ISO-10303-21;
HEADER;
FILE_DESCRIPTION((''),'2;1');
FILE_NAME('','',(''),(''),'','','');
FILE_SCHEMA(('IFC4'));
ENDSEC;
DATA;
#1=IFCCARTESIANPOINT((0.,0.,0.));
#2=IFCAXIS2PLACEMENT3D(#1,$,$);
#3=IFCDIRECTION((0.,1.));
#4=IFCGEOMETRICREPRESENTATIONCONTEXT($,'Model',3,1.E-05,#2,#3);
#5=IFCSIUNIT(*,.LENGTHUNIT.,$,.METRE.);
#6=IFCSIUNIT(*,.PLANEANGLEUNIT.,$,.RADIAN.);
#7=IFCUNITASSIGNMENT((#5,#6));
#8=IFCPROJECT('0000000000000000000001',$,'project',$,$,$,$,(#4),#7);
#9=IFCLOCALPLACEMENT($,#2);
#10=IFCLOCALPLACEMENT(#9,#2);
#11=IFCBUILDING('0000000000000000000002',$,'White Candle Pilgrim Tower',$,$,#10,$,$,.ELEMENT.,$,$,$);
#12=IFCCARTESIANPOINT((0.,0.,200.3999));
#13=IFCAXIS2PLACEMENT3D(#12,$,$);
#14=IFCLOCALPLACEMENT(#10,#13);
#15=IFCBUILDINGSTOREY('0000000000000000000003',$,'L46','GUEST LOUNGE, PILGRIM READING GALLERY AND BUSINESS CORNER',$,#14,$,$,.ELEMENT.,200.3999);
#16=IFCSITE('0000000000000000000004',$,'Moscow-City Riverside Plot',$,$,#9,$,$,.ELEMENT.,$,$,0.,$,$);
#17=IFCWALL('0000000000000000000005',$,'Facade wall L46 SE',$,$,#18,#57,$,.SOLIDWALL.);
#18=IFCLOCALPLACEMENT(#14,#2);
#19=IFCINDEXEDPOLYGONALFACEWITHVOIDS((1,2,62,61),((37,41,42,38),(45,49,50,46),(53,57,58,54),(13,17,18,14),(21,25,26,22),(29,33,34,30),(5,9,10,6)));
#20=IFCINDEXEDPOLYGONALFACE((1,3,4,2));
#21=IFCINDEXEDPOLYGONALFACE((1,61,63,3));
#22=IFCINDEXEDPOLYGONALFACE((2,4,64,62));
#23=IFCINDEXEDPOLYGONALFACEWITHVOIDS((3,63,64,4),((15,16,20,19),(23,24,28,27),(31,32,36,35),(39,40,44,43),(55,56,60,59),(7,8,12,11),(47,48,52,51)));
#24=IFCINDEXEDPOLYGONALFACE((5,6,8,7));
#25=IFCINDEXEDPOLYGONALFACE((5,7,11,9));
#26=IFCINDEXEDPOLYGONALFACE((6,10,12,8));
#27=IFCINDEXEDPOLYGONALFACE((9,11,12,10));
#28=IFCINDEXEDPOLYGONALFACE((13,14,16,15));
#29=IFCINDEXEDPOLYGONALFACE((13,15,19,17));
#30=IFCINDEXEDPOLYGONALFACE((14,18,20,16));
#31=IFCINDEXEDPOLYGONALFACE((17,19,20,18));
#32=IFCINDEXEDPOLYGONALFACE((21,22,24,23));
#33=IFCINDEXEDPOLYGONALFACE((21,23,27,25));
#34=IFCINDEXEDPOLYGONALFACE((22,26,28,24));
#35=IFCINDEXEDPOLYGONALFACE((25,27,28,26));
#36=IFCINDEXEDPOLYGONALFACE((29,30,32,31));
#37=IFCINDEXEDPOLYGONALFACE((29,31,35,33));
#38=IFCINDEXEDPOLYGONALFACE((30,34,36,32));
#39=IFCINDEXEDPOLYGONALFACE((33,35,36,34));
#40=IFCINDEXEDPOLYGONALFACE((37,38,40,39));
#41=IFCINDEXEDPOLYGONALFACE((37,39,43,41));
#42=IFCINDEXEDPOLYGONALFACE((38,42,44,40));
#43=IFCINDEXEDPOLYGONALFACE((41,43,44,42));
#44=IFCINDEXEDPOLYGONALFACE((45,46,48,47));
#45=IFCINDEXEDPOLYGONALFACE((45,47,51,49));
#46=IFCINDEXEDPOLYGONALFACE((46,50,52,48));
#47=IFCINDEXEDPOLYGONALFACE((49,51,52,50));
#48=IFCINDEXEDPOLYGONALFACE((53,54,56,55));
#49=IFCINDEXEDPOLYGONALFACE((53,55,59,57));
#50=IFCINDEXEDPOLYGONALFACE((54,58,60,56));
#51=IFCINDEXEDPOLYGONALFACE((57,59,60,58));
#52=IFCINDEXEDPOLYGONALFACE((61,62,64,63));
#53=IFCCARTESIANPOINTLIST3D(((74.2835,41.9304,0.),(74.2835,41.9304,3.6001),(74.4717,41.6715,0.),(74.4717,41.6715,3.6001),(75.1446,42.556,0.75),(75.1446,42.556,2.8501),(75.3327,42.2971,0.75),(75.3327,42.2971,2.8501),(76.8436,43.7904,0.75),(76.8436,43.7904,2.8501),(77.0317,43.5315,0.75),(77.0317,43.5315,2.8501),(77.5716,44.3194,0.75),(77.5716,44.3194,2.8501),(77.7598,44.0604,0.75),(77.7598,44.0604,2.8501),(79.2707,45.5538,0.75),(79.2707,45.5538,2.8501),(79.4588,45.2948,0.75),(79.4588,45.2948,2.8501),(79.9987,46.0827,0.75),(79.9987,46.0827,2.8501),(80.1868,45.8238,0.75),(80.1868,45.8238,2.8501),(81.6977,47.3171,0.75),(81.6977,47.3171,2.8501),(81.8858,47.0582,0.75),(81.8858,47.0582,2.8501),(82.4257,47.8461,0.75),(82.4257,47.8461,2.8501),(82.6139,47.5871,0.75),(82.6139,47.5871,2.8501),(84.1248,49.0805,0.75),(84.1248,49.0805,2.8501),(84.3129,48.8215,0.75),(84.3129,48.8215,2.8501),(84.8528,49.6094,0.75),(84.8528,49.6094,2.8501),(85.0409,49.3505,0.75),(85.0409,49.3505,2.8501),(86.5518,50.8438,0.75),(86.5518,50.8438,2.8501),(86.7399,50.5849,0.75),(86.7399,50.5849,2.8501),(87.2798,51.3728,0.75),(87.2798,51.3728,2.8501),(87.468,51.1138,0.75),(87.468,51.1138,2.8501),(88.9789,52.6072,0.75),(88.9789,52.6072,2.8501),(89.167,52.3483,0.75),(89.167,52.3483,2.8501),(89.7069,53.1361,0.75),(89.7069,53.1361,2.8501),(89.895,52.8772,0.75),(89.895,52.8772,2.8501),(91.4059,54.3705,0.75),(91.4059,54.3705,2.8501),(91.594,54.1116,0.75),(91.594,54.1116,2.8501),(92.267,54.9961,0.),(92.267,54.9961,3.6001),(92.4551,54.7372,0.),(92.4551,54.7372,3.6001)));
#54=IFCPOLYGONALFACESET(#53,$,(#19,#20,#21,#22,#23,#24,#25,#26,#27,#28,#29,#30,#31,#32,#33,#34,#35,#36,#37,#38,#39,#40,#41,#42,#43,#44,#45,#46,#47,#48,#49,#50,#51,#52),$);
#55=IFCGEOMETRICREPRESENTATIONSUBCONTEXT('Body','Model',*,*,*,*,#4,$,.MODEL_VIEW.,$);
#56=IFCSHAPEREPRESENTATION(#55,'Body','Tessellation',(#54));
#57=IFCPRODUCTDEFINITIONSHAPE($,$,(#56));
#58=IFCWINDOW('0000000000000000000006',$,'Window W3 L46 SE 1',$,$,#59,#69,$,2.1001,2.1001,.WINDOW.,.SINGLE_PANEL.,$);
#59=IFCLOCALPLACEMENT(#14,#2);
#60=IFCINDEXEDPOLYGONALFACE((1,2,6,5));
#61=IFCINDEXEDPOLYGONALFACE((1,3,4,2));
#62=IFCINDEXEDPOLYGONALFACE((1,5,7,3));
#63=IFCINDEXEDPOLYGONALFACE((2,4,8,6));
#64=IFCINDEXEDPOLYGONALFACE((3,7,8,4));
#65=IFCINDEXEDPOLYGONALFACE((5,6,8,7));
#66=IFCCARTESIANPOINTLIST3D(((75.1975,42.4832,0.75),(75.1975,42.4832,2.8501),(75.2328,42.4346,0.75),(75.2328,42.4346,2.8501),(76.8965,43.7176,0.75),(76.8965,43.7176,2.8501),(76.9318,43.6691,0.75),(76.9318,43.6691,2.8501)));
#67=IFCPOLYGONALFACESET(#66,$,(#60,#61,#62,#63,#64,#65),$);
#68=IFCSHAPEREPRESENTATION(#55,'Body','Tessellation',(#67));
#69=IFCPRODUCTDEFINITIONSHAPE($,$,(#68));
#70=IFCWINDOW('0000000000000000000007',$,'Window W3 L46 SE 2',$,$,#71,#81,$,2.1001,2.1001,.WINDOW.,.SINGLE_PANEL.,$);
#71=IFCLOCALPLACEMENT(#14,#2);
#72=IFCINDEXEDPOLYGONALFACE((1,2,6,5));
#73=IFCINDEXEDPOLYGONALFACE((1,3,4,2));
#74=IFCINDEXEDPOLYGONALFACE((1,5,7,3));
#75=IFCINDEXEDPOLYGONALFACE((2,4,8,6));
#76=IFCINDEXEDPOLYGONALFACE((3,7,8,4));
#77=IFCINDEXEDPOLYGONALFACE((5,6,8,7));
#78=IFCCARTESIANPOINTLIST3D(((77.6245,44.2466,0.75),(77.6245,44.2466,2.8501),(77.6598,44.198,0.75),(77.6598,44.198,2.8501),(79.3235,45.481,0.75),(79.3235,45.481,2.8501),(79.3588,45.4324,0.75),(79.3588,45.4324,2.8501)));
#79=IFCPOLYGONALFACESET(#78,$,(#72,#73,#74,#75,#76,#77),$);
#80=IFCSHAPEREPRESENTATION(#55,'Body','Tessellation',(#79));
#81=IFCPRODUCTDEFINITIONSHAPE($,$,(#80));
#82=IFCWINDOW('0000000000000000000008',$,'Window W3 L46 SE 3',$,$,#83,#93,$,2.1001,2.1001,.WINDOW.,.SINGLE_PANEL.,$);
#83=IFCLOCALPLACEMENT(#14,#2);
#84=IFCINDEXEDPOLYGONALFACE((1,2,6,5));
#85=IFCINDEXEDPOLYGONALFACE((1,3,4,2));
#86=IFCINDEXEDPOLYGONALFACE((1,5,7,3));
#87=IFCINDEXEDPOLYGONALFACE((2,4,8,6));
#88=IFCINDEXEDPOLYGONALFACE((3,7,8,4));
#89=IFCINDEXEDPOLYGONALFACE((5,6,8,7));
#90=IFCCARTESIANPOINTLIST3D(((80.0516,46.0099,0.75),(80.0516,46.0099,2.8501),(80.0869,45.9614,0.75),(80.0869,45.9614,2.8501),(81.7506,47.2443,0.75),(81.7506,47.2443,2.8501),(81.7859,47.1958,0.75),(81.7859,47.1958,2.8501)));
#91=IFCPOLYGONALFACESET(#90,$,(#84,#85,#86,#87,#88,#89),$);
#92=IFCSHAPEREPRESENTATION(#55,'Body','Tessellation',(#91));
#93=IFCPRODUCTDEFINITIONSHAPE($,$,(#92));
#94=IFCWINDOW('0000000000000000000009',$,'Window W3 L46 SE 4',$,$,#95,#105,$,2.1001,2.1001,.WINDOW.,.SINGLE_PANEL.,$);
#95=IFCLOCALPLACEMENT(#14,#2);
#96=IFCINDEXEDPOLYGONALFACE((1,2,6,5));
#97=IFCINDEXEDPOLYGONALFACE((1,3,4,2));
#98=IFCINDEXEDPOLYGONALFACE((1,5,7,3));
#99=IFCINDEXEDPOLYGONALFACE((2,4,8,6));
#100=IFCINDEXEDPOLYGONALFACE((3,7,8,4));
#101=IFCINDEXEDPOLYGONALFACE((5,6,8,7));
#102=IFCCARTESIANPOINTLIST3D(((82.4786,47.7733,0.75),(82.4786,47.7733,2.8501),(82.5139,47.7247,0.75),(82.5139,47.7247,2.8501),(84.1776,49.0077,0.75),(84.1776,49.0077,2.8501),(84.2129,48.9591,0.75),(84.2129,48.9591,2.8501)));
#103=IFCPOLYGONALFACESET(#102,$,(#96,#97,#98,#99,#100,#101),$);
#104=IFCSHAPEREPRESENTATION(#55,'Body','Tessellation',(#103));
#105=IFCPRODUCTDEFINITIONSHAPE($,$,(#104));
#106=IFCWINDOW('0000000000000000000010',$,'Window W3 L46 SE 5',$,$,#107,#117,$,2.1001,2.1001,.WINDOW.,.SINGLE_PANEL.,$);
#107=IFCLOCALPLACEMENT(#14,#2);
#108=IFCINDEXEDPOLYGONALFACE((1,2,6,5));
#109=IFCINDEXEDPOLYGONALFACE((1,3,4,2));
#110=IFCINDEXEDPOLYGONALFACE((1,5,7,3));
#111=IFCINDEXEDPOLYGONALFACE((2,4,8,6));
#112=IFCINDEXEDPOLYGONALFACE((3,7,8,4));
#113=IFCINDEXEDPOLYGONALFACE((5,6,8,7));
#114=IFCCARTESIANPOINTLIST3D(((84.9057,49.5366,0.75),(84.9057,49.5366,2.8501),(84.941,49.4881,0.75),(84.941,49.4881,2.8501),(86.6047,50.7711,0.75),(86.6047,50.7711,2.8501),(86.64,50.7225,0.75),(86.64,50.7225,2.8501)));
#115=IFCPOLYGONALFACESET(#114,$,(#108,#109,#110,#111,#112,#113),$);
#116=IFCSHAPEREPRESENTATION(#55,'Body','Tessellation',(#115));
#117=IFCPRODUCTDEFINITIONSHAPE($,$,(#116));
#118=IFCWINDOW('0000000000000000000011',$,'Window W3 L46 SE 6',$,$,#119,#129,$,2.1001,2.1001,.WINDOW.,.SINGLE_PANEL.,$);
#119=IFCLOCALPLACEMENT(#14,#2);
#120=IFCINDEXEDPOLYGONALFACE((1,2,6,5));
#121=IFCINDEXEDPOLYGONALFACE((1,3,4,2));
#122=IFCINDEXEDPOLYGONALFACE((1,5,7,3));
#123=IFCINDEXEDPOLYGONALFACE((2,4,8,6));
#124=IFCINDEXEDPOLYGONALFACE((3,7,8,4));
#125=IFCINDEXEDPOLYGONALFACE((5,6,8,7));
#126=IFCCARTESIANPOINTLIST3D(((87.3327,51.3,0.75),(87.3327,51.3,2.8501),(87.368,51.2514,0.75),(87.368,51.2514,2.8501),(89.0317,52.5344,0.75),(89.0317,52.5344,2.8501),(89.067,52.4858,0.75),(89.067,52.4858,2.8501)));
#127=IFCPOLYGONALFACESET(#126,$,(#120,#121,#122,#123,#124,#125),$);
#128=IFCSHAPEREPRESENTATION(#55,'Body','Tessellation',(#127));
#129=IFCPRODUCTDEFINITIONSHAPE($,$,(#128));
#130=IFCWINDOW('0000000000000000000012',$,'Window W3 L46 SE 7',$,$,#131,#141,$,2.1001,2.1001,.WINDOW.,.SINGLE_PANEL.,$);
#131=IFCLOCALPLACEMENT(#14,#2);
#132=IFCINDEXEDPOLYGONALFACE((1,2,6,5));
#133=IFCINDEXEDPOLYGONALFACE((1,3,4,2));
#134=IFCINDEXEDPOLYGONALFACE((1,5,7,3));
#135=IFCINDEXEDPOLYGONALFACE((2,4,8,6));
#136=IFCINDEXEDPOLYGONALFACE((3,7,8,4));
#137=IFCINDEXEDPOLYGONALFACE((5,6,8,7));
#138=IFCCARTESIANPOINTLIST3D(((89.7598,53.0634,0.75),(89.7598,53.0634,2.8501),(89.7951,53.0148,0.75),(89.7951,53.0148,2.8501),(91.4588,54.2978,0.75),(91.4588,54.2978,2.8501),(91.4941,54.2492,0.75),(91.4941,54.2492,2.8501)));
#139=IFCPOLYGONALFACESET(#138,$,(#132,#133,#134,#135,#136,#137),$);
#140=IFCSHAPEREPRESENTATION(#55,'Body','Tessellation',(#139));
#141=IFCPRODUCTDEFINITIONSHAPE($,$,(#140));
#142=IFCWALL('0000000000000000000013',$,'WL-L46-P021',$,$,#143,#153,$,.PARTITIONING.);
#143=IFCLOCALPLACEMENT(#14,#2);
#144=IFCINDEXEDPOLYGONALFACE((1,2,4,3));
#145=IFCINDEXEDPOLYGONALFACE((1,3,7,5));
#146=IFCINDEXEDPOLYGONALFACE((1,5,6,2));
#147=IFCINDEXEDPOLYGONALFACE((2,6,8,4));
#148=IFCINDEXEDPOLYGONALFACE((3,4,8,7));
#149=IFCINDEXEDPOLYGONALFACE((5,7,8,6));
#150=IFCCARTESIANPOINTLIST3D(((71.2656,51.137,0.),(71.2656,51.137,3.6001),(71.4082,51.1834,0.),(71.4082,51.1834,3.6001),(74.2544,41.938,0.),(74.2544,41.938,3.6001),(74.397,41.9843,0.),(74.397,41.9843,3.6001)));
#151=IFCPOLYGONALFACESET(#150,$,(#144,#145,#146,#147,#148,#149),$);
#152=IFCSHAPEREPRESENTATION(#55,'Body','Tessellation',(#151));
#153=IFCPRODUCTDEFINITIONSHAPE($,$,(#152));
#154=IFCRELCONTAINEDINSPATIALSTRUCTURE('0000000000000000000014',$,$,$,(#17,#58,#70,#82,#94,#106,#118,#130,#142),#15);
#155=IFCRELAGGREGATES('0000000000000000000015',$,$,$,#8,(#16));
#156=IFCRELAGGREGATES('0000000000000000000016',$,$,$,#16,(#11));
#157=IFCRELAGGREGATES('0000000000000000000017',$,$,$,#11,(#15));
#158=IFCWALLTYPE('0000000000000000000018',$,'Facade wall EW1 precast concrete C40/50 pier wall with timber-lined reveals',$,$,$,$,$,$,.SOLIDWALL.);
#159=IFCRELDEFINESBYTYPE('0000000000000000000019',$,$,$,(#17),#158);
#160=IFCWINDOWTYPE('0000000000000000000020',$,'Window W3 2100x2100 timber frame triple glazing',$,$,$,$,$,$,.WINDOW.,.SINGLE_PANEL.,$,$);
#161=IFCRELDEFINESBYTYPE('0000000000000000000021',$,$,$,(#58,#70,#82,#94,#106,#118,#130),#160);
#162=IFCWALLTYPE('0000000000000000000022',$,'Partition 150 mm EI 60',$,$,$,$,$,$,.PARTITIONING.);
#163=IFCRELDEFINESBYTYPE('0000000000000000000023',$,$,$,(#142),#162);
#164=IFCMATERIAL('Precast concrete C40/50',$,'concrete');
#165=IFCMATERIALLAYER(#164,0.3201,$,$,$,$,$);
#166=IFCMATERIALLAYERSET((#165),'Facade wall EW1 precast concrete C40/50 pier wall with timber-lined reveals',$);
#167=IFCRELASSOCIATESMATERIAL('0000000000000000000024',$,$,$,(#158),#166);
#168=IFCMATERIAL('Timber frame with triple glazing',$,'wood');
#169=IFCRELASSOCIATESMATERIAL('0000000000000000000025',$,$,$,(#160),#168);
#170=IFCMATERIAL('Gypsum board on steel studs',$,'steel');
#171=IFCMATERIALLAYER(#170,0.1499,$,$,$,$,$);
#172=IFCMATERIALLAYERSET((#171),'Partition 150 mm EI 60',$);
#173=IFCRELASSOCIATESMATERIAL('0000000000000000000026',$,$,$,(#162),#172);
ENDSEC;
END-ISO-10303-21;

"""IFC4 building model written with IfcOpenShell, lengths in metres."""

from ifc_helpers import new_model, si_unit, direction, frame, frame_2d, origin, place, context, subcontext, project, spatial, rectangle, extrude, material, layer, layer_set, type_object, element, fill, save


model = new_model("IFC4")

# Units and contexts
model_context = context("Model", 3, precision=1e-05, world=origin(), true_north=direction((0.0, 1.0)))
body_context = subcontext(model_context, "Body", "Model", "MODEL_VIEW")
ifc_project = project(units=[si_unit("LENGTHUNIT", "METRE"), si_unit("PLANEANGLEUNIT", "RADIAN")], contexts=[model_context])

# Site, building, storey
site_placement = place(None, origin())
site = spatial("IfcSite", under=ifc_project, at=site_placement, Name="Moscow-City Riverside Plot", CompositionType="ELEMENT", RefElevation=0.0)
building_placement = place(site_placement, origin())
building = spatial("IfcBuilding", under=site, at=building_placement, Name="White Candle Pilgrim Tower", CompositionType="ELEMENT")
storey_placement = place(building_placement, frame((0.0, 0.0, 200.3999)))
storey = spatial("IfcBuildingStorey", under=building, at=storey_placement, Name="L46", Description="GUEST LOUNGE, PILGRIM READING GALLERY AND BUSINESS CORNER", CompositionType="ELEMENT", Elevation=200.3999)

# Shared definitions
ifc_material_1 = material(Name="Gypsum board on steel studs", Category="steel")

# Wall, openings, windows
ifc_material_2 = material(Name="Precast concrete C40/50", Category="concrete")
ifc_layer_1 = layer(ifc_material_2, 0.3201)
ifc_layer_set_1 = layer_set([ifc_layer_1], Name="Facade wall EW1 precast concrete C40/50 pier wall with timber-lined reveals")
wall_type_1 = type_object("IfcWallType", Name="Facade wall EW1 precast concrete C40/50 pier wall with timber-lined reveals", PredefinedType="SOLIDWALL", material=ifc_layer_set_1)
wall_1_placement = place(storey_placement, frame((74.3777, 41.801, 0.0), z_axis=(0.0, 0.0, 1.0), x_axis=(0.809018, 0.587784, 0.0)))
wall_1 = element("IfcWall", 1, at=wall_1_placement, inside=storey, type_object=wall_type_1, Name="Facade wall L46 SE", PredefinedType="SOLIDWALL", context=body_context, shape_type="SweptSolid", body=[
    extrude(rectangle(XDim=22.2288, YDim=0.3201, at=frame_2d((11.1143, 0.0))), origin(), (0.0, 0.0, 1.0), 3.6001),
])
opening_1_placement = place(wall_1_placement, frame((1.0642, 0.0, 0.75)))
opening_1 = element("IfcOpeningElement", 2, at=opening_1_placement, cuts=wall_1, PredefinedType="OPENING", context=body_context, shape_type="SweptSolid", body=[
    extrude(rectangle(XDim=2.1001, YDim=2.1001, at=frame_2d((1.05, 1.05))), frame((0.0, 0.1699, 0.0), z_axis=(0.0, -1.0, 0.0), x_axis=(1.0, 0.0, 0.0)), (0.0, 0.0, 1.0), 0.3401),
])
opening_2_placement = place(wall_1_placement, frame((4.0642, 0.0, 0.75)))
opening_2 = element("IfcOpeningElement", 3, at=opening_2_placement, cuts=wall_1, PredefinedType="OPENING", context=body_context, shape_type="SweptSolid", body=[
    extrude(rectangle(XDim=2.1001, YDim=2.1001, at=frame_2d((1.05, 1.05))), frame((0.0, 0.1699, 0.0), z_axis=(0.0, -1.0, 0.0), x_axis=(1.0, 0.0, 0.0)), (0.0, 0.0, 1.0), 0.3401),
])
opening_3_placement = place(wall_1_placement, frame((7.0642, 0.0, 0.75)))
opening_3 = element("IfcOpeningElement", 4, at=opening_3_placement, cuts=wall_1, PredefinedType="OPENING", context=body_context, shape_type="SweptSolid", body=[
    extrude(rectangle(XDim=2.1001, YDim=2.1001, at=frame_2d((1.05, 1.05))), frame((0.0, 0.1699, 0.0), z_axis=(0.0, -1.0, 0.0), x_axis=(1.0, 0.0, 0.0)), (0.0, 0.0, 1.0), 0.3401),
])
opening_4_placement = place(wall_1_placement, frame((10.0642, 0.0, 0.75)))
opening_4 = element("IfcOpeningElement", 5, at=opening_4_placement, cuts=wall_1, PredefinedType="OPENING", context=body_context, shape_type="SweptSolid", body=[
    extrude(rectangle(XDim=2.1001, YDim=2.1001, at=frame_2d((1.05, 1.05))), frame((0.0, 0.1699, 0.0), z_axis=(0.0, -1.0, 0.0), x_axis=(1.0, 0.0, 0.0)), (0.0, 0.0, 1.0), 0.3401),
])
opening_5_placement = place(wall_1_placement, frame((13.0642, 0.0, 0.75)))
opening_5 = element("IfcOpeningElement", 6, at=opening_5_placement, cuts=wall_1, PredefinedType="OPENING", context=body_context, shape_type="SweptSolid", body=[
    extrude(rectangle(XDim=2.1001, YDim=2.1001, at=frame_2d((1.05, 1.05))), frame((0.0, 0.1699, 0.0), z_axis=(0.0, -1.0, 0.0), x_axis=(1.0, 0.0, 0.0)), (0.0, 0.0, 1.0), 0.3401),
])
opening_6_placement = place(wall_1_placement, frame((16.0642, 0.0, 0.75)))
opening_6 = element("IfcOpeningElement", 7, at=opening_6_placement, cuts=wall_1, PredefinedType="OPENING", context=body_context, shape_type="SweptSolid", body=[
    extrude(rectangle(XDim=2.1001, YDim=2.1001, at=frame_2d((1.05, 1.05))), frame((0.0, 0.1699, 0.0), z_axis=(0.0, -1.0, 0.0), x_axis=(1.0, 0.0, 0.0)), (0.0, 0.0, 1.0), 0.3401),
])
opening_7_placement = place(wall_1_placement, frame((19.0642, 0.0, 0.75)))
opening_7 = element("IfcOpeningElement", 8, at=opening_7_placement, cuts=wall_1, PredefinedType="OPENING", context=body_context, shape_type="SweptSolid", body=[
    extrude(rectangle(XDim=2.1001, YDim=2.1001, at=frame_2d((1.05, 1.05))), frame((0.0, 0.1699, 0.0), z_axis=(0.0, -1.0, 0.0), x_axis=(1.0, 0.0, 0.0)), (0.0, 0.0, 1.0), 0.3401),
])
ifc_material_3 = material(Name="Timber frame with triple glazing", Category="wood")
window_type = type_object("IfcWindowType", Name="Window W3 2100x2100 timber frame triple glazing", PartitioningType="SINGLE_PANEL", PredefinedType="WINDOW", material=ifc_material_3)
window_1_placement = place(opening_1_placement, origin())
window_1 = element("IfcWindow", 9, at=window_1_placement, inside=storey, type_object=window_type, Name="Window W3 L46 SE 1", OverallHeight=2.1001, OverallWidth=2.1001, PartitioningType="SINGLE_PANEL", PredefinedType="WINDOW", context=body_context, shape_type="SweptSolid", body=[
    extrude(rectangle(XDim=2.1001, YDim=2.1001, at=frame_2d((1.05, 1.05))), frame((0.0, 0.0701, 0.0), z_axis=(0.0, -1.0, 0.0), x_axis=(1.0, 0.0, 0.0)), (0.0, 0.0, 1.0), 0.0601),
])
fill(opening_1, window_1)
window_2_placement = place(opening_2_placement, origin())
window_2 = element("IfcWindow", 10, at=window_2_placement, inside=storey, type_object=window_type, Name="Window W3 L46 SE 2", OverallHeight=2.1001, OverallWidth=2.1001, PartitioningType="SINGLE_PANEL", PredefinedType="WINDOW", context=body_context, shape_type="SweptSolid", body=[
    extrude(rectangle(XDim=2.1001, YDim=2.1001, at=frame_2d((1.05, 1.05))), frame((0.0, 0.0701, 0.0), z_axis=(0.0, -1.0, 0.0), x_axis=(1.0, 0.0, 0.0)), (0.0, 0.0, 1.0), 0.0601),
])
fill(opening_2, window_2)
window_3_placement = place(opening_3_placement, origin())
window_3 = element("IfcWindow", 11, at=window_3_placement, inside=storey, type_object=window_type, Name="Window W3 L46 SE 3", OverallHeight=2.1001, OverallWidth=2.1001, PartitioningType="SINGLE_PANEL", PredefinedType="WINDOW", context=body_context, shape_type="SweptSolid", body=[
    extrude(rectangle(XDim=2.1001, YDim=2.1001, at=frame_2d((1.05, 1.05))), frame((0.0, 0.0701, 0.0), z_axis=(0.0, -1.0, 0.0), x_axis=(1.0, 0.0, 0.0)), (0.0, 0.0, 1.0), 0.0601),
])
fill(opening_3, window_3)
window_4_placement = place(opening_4_placement, origin())
window_4 = element("IfcWindow", 12, at=window_4_placement, inside=storey, type_object=window_type, Name="Window W3 L46 SE 4", OverallHeight=2.1001, OverallWidth=2.1001, PartitioningType="SINGLE_PANEL", PredefinedType="WINDOW", context=body_context, shape_type="SweptSolid", body=[
    extrude(rectangle(XDim=2.1001, YDim=2.1001, at=frame_2d((1.05, 1.05))), frame((0.0, 0.0701, 0.0), z_axis=(0.0, -1.0, 0.0), x_axis=(1.0, 0.0, 0.0)), (0.0, 0.0, 1.0), 0.0601),
])
fill(opening_4, window_4)
window_5_placement = place(opening_5_placement, origin())
window_5 = element("IfcWindow", 13, at=window_5_placement, inside=storey, type_object=window_type, Name="Window W3 L46 SE 5", OverallHeight=2.1001, OverallWidth=2.1001, PartitioningType="SINGLE_PANEL", PredefinedType="WINDOW", context=body_context, shape_type="SweptSolid", body=[
    extrude(rectangle(XDim=2.1001, YDim=2.1001, at=frame_2d((1.05, 1.05))), frame((0.0, 0.0701, 0.0), z_axis=(0.0, -1.0, 0.0), x_axis=(1.0, 0.0, 0.0)), (0.0, 0.0, 1.0), 0.0601),
])
fill(opening_5, window_5)
window_6_placement = place(opening_6_placement, origin())
window_6 = element("IfcWindow", 14, at=window_6_placement, inside=storey, type_object=window_type, Name="Window W3 L46 SE 6", OverallHeight=2.1001, OverallWidth=2.1001, PartitioningType="SINGLE_PANEL", PredefinedType="WINDOW", context=body_context, shape_type="SweptSolid", body=[
    extrude(rectangle(XDim=2.1001, YDim=2.1001, at=frame_2d((1.05, 1.05))), frame((0.0, 0.0701, 0.0), z_axis=(0.0, -1.0, 0.0), x_axis=(1.0, 0.0, 0.0)), (0.0, 0.0, 1.0), 0.0601),
])
fill(opening_6, window_6)
window_7_placement = place(opening_7_placement, origin())
window_7 = element("IfcWindow", 15, at=window_7_placement, inside=storey, type_object=window_type, Name="Window W3 L46 SE 7", OverallHeight=2.1001, OverallWidth=2.1001, PartitioningType="SINGLE_PANEL", PredefinedType="WINDOW", context=body_context, shape_type="SweptSolid", body=[
    extrude(rectangle(XDim=2.1001, YDim=2.1001, at=frame_2d((1.05, 1.05))), frame((0.0, 0.0701, 0.0), z_axis=(0.0, -1.0, 0.0), x_axis=(1.0, 0.0, 0.0)), (0.0, 0.0, 1.0), 0.0601),
])
fill(opening_7, window_7)

# Wall
ifc_layer_2 = layer(ifc_material_1, 0.1499)
ifc_layer_set_2 = layer_set([ifc_layer_2], Name="Partition 150 mm EI 60")
wall_type_2 = type_object("IfcWallType", Name="Partition 150 mm EI 60", PredefinedType="PARTITIONING", material=ifc_layer_set_2)
wall_2_placement = place(storey_placement, frame((74.3257, 41.9612, 0.0), z_axis=(0.0, 0.0, 1.0), x_axis=(-0.309002, 0.951061, 0.0)))
element("IfcWall", 16, at=wall_2_placement, inside=storey, type_object=wall_type_2, Name="WL-L46-P021", PredefinedType="PARTITIONING", context=body_context, shape_type="SweptSolid", body=[
    extrude(rectangle(XDim=9.6724, YDim=0.1499, at=frame_2d((4.8362, 0.0))), origin(), (0.0, 0.0, 1.0), 3.6001),
])

save(model, "model.ifc")
